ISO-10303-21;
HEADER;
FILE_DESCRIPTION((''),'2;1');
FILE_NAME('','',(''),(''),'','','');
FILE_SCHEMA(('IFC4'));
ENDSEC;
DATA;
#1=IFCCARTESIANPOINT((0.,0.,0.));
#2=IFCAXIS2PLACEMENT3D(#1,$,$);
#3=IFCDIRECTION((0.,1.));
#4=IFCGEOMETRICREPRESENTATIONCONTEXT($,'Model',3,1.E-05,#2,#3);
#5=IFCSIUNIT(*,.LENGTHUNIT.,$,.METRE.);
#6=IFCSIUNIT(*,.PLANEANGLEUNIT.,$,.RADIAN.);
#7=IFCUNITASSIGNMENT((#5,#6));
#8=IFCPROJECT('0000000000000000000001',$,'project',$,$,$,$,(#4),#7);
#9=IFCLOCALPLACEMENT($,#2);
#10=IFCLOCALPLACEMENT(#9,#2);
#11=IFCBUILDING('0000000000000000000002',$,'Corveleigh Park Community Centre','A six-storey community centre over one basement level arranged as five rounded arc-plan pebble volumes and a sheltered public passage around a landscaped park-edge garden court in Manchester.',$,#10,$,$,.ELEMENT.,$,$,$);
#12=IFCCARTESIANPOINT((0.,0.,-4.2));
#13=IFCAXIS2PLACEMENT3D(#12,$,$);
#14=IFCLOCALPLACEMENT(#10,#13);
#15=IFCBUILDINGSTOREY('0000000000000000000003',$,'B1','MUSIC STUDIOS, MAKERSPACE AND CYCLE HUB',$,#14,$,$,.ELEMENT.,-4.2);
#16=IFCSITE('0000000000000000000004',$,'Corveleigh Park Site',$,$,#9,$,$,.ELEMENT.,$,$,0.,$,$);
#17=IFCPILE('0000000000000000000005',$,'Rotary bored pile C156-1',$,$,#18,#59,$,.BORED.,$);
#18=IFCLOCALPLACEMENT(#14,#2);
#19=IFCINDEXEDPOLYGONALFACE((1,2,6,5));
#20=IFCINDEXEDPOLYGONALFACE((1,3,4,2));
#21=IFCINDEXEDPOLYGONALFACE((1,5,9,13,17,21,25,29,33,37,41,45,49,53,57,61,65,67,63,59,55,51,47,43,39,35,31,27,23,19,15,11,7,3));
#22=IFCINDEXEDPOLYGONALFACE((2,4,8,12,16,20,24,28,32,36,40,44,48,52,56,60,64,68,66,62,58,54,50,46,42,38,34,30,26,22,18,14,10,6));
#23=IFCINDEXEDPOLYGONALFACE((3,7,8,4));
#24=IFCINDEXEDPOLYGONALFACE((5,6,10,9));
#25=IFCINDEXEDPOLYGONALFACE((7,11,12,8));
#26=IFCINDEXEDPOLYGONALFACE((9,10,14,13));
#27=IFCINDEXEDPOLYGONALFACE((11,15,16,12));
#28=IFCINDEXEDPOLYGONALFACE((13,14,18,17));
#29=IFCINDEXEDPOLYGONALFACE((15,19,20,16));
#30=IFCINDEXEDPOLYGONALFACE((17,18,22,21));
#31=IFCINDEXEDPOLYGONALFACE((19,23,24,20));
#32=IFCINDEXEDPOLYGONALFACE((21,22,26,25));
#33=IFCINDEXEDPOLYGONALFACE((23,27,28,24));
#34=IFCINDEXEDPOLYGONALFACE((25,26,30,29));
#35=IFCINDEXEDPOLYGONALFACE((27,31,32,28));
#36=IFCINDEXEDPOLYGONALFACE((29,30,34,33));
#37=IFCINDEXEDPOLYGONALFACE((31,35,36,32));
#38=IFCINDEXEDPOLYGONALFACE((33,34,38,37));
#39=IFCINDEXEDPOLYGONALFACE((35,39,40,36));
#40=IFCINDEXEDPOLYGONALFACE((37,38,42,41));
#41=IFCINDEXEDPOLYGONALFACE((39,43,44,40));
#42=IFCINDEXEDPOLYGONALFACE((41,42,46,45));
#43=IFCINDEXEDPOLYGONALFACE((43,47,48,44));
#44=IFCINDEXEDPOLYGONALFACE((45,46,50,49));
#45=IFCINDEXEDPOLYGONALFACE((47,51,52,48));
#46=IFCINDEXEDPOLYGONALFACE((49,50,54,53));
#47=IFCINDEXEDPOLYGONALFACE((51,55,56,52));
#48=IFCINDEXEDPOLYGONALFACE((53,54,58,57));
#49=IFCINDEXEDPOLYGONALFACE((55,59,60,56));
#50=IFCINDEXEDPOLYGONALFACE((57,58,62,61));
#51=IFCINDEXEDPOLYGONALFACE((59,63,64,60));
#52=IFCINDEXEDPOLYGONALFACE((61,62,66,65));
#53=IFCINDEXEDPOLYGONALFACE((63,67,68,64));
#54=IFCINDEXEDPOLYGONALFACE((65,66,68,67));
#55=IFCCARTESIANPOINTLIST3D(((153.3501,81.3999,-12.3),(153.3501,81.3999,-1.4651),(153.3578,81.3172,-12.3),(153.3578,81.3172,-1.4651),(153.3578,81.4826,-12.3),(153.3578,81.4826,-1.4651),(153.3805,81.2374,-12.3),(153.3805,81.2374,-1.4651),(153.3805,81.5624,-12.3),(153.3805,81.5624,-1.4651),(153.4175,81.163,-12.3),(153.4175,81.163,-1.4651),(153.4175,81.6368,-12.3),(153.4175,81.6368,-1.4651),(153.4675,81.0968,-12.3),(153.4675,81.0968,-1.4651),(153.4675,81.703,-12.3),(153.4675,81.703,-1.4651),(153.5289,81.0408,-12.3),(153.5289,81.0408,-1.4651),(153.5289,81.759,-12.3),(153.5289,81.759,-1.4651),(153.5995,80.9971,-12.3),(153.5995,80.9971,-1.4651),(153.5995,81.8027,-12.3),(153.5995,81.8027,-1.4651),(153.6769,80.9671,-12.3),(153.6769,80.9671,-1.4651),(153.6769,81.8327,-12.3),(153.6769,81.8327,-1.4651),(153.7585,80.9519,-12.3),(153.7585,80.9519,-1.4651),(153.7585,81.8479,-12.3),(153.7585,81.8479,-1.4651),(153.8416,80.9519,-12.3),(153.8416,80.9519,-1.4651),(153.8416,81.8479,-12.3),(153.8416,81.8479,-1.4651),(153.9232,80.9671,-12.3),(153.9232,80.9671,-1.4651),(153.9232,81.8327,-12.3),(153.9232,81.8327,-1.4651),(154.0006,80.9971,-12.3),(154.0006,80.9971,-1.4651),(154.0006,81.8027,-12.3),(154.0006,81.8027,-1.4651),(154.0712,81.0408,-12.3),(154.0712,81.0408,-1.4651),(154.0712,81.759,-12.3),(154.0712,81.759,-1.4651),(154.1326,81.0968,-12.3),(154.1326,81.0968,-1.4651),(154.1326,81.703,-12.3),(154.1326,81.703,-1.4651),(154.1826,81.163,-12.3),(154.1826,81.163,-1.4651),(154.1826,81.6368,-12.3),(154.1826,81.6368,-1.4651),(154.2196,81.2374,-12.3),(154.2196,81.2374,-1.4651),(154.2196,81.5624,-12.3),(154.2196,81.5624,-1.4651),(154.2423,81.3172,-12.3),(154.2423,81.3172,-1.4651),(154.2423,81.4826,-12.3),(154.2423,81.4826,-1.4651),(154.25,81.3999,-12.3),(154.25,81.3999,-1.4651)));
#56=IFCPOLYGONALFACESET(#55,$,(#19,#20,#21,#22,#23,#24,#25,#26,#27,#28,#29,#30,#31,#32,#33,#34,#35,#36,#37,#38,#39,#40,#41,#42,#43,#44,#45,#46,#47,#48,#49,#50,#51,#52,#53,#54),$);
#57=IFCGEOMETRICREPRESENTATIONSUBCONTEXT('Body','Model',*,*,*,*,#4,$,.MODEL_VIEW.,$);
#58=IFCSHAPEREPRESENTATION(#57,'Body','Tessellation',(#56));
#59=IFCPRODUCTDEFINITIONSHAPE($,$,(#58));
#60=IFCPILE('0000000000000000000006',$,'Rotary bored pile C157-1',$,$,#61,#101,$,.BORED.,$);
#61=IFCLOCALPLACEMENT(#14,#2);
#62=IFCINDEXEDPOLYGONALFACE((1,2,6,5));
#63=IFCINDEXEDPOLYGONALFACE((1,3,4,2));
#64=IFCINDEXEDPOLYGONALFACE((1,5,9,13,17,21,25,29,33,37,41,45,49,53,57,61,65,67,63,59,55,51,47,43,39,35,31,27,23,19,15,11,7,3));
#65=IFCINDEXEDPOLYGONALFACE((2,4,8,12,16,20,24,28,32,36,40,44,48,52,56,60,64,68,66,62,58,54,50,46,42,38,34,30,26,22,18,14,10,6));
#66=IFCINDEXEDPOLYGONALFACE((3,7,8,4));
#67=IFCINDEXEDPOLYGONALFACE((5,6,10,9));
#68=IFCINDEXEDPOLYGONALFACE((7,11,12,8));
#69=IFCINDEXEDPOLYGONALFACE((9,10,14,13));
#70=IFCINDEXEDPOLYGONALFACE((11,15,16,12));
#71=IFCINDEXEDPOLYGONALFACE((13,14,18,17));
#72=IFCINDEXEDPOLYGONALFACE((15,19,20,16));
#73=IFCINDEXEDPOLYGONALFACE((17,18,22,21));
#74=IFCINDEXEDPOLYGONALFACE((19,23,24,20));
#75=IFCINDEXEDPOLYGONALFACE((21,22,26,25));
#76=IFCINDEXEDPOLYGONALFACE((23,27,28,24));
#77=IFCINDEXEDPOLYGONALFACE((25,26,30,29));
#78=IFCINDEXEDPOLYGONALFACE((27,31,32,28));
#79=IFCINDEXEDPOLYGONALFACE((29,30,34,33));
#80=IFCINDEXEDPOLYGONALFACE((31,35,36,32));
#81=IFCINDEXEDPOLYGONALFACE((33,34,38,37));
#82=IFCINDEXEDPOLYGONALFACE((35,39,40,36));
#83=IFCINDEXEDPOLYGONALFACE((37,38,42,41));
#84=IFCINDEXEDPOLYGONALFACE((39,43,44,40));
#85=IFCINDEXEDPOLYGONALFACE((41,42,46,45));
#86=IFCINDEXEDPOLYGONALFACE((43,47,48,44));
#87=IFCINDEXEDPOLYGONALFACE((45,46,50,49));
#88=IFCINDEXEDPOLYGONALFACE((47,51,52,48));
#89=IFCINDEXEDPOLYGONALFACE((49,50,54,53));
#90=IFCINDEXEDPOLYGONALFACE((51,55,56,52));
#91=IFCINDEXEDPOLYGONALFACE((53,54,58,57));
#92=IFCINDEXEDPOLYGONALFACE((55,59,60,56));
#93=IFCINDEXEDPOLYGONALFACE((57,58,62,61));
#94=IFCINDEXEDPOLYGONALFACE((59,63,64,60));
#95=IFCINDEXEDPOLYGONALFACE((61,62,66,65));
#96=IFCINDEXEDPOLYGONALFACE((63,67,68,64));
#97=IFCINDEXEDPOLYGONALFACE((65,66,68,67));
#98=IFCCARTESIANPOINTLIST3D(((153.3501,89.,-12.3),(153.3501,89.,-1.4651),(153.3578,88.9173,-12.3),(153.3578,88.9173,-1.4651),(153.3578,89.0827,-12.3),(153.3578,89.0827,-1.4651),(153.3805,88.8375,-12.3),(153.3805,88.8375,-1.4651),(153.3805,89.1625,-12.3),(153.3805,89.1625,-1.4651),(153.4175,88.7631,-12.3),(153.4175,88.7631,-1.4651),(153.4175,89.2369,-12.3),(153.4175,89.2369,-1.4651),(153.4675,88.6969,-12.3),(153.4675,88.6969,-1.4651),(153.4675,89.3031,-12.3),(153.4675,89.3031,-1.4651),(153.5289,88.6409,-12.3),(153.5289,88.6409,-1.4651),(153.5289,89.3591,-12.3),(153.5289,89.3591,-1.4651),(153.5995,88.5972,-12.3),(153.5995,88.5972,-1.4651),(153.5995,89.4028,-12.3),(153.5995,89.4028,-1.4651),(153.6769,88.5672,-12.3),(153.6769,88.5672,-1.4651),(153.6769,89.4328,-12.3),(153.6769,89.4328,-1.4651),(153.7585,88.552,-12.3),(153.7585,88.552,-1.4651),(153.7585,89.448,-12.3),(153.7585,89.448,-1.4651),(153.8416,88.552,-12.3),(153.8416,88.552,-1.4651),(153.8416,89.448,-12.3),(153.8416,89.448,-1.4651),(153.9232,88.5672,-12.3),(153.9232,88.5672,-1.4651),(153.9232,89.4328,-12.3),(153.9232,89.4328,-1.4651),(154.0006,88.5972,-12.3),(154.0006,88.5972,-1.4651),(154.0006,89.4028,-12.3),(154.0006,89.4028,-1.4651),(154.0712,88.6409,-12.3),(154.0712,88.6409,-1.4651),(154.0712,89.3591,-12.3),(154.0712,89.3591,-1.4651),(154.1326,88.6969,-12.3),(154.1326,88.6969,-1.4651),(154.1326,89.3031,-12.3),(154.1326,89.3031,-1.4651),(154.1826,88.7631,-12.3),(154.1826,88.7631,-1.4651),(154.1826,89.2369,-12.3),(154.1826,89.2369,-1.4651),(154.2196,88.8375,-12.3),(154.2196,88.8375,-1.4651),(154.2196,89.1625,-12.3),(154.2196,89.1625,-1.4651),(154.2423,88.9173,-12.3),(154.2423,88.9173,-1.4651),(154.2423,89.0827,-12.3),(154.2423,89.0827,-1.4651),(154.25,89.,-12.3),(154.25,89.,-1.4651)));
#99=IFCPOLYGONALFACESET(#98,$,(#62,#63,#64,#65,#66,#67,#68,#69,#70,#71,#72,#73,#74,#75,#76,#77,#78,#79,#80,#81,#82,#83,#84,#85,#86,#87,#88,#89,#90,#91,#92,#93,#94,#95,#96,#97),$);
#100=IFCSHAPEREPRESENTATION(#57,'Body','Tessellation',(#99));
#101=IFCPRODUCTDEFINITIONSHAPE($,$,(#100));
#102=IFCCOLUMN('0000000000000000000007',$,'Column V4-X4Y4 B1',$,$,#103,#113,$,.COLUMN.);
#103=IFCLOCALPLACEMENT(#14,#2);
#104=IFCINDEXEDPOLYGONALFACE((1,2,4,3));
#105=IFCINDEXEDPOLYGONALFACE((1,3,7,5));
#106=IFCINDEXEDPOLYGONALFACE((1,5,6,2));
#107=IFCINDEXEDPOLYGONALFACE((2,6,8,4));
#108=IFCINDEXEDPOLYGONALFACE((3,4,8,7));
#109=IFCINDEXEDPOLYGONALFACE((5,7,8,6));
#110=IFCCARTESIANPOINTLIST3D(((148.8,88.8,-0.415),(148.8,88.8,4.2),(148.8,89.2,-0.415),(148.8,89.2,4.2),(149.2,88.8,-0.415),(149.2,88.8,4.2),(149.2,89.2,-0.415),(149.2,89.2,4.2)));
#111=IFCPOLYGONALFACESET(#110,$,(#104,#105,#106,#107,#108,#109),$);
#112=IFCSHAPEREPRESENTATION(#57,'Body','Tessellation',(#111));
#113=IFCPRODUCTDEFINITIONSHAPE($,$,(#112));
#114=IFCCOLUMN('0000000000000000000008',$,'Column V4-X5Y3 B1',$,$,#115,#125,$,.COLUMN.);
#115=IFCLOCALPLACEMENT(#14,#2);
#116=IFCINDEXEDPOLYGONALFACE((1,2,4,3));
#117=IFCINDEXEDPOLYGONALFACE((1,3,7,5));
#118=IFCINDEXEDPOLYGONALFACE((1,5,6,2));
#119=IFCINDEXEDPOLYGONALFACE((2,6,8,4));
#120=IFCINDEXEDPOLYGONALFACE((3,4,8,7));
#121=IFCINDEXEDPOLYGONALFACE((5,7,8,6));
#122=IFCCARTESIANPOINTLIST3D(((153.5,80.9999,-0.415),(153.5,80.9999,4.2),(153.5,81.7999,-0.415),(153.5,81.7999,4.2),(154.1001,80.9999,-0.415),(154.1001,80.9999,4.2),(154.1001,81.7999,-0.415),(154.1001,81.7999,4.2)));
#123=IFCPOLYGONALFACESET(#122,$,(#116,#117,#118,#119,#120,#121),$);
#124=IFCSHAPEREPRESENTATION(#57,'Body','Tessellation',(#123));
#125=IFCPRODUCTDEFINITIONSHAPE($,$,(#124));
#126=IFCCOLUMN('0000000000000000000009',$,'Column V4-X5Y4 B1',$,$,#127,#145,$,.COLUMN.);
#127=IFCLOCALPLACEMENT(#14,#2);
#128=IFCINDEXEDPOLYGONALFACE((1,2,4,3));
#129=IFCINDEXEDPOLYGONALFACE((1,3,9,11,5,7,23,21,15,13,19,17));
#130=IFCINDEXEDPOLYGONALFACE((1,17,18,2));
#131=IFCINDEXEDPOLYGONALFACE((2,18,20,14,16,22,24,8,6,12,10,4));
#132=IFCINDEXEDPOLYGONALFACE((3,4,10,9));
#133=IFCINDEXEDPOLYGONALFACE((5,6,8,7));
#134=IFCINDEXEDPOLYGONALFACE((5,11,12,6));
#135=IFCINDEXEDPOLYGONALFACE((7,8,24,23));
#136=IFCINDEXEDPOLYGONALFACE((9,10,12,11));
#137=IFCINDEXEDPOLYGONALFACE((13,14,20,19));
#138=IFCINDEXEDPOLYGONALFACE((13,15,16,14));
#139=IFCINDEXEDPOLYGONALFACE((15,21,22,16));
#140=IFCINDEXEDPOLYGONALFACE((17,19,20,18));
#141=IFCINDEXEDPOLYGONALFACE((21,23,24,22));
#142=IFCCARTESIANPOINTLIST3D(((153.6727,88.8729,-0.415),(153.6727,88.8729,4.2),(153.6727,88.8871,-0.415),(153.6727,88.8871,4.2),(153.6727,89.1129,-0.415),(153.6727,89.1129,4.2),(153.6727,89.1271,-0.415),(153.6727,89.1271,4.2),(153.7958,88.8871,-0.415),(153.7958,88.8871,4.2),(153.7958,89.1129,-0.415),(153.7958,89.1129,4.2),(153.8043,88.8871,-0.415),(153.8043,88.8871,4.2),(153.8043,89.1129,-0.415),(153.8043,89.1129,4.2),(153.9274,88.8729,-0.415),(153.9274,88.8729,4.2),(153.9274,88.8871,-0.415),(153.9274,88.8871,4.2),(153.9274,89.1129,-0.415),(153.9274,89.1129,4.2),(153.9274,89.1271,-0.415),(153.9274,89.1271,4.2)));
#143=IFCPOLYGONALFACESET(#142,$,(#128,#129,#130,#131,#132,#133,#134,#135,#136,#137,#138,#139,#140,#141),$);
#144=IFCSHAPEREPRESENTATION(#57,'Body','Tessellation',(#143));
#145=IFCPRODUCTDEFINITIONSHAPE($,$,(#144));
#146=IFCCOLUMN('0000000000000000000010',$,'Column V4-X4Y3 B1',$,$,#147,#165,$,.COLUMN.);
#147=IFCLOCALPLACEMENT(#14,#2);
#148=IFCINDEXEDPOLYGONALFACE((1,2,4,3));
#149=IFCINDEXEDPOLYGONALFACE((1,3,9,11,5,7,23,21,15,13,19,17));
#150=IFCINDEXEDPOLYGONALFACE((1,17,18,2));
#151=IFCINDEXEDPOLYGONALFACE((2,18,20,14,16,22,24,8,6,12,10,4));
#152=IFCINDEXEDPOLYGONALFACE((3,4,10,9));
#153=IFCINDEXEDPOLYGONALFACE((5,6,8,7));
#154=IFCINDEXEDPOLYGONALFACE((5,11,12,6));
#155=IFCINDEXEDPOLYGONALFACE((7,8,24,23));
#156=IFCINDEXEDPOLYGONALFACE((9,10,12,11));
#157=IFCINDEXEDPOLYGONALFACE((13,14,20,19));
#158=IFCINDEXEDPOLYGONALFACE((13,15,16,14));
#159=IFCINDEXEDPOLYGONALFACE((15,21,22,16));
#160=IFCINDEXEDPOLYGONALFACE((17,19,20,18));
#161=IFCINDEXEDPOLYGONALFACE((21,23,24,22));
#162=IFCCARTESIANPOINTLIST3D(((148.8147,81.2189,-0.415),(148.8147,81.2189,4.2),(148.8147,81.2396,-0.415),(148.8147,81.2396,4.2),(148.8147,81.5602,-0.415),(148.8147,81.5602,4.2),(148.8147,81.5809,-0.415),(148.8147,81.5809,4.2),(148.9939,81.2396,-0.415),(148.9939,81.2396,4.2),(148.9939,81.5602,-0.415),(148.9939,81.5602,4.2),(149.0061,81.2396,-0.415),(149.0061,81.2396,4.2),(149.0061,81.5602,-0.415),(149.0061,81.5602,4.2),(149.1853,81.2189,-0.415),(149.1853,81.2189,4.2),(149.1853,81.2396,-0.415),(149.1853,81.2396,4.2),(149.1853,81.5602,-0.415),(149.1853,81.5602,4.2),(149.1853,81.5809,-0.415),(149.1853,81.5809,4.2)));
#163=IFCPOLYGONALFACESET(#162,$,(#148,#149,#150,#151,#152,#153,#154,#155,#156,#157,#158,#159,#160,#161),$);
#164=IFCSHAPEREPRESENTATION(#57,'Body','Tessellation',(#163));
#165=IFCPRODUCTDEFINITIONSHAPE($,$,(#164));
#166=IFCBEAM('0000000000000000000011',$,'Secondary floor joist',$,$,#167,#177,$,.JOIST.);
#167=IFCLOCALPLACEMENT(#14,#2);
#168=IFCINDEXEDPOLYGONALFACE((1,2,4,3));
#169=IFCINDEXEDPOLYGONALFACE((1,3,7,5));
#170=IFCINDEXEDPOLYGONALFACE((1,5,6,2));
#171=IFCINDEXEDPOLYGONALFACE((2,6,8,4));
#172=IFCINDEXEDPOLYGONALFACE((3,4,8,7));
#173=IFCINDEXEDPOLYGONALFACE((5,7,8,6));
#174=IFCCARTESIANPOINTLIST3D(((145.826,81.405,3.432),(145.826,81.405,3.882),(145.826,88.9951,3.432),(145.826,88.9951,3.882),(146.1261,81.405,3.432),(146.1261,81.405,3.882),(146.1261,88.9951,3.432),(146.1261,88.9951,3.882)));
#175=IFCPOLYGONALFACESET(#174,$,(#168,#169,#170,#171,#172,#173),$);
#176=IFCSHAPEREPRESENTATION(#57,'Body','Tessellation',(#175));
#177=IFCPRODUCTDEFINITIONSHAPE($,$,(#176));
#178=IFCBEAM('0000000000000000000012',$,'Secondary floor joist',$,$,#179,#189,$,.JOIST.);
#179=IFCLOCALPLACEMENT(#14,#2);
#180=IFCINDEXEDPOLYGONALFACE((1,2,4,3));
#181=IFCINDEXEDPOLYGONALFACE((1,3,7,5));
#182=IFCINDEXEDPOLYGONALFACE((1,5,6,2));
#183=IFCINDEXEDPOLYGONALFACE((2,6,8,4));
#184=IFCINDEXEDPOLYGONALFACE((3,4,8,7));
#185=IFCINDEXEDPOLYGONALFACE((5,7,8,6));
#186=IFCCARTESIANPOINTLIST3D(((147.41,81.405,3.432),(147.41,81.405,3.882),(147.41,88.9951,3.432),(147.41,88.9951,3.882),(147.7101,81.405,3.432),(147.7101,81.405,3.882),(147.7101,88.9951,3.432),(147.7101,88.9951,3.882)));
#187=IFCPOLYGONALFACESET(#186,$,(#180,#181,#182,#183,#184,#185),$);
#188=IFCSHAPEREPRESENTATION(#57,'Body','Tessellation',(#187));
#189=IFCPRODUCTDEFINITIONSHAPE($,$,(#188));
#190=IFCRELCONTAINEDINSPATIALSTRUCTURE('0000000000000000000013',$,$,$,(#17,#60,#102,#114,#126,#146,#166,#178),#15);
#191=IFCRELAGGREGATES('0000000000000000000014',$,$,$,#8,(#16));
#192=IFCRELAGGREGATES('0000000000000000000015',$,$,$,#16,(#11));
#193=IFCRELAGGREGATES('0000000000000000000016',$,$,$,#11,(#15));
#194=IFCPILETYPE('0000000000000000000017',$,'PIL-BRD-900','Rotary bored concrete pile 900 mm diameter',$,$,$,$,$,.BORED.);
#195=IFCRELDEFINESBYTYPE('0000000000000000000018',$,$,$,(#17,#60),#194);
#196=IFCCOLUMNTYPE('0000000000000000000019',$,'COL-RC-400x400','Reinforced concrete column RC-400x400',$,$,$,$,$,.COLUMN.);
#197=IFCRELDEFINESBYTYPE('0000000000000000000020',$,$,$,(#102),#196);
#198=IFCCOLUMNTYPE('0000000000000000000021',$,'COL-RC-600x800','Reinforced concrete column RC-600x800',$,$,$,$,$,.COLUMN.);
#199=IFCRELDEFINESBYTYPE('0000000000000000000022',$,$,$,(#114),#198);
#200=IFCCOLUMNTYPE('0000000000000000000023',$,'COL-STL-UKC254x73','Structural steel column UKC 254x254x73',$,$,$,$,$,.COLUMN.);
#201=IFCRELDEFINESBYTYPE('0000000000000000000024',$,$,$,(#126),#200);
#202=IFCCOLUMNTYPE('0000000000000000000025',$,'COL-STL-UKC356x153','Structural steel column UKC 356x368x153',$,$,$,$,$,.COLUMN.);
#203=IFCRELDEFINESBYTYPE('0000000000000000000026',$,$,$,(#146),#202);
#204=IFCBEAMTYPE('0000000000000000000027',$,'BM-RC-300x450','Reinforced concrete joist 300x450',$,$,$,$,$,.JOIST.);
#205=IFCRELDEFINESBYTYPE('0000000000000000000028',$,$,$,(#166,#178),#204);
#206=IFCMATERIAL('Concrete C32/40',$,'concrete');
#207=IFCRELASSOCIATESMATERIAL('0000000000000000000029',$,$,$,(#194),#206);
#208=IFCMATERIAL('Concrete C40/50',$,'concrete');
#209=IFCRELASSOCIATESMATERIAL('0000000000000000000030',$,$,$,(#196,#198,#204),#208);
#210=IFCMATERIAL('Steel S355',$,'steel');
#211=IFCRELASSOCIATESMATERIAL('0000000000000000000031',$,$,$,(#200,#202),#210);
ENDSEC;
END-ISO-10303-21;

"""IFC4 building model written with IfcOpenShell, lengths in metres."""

from ifc_helpers import new_model, si_unit, direction, frame, origin, origin_2d, place, context, subcontext, project, spatial, rectangle, circle, i_section, extrude, material, material_profile, profile_set, type_object, element, save


model = new_model("IFC4")

# Units and contexts
model_context = context("Model", 3, precision=1e-05, world=origin(), true_north=direction((0.0, 1.0)))
body_context = subcontext(model_context, "Body", "Model", "MODEL_VIEW")
ifc_project = project(units=[si_unit("LENGTHUNIT", "METRE"), si_unit("PLANEANGLEUNIT", "RADIAN")], contexts=[model_context])

# Site, building, storey
site_placement = place(None, origin())
site = spatial("IfcSite", under=ifc_project, at=site_placement, Name="Corveleigh Park Site", CompositionType="ELEMENT", RefElevation=0.0)
building_placement = place(site_placement, origin())
building = spatial("IfcBuilding", under=site, at=building_placement, Name="Corveleigh Park Community Centre", Description="A six-storey community centre over one basement level arranged as five rounded arc-plan pebble volumes and a sheltered public passage around a landscaped park-edge garden court in Manchester.", CompositionType="ELEMENT")
storey_placement = place(building_placement, frame((0.0, 0.0, -4.2)))
storey = spatial("IfcBuildingStorey", under=building, at=storey_placement, Name="B1", Description="MUSIC STUDIOS, MAKERSPACE AND CYCLE HUB", CompositionType="ELEMENT", Elevation=-4.2)

# Shared definitions
ifc_material_1 = material(Name="Concrete C40/50", Category="concrete")

# Piles
ifc_material_2 = material(Name="Concrete C32/40", Category="concrete")
ifc_material_profile_1 = material_profile(ifc_material_2, circle(Radius=0.45, at=origin_2d()), Name="BORED-PILE-900", Category="concrete")
ifc_profile_set_1 = profile_set([ifc_material_profile_1], Name="Concrete C32/40")
pile_type = type_object("IfcPileType", Name="PIL-BRD-900", Description="Rotary bored concrete pile 900 mm diameter", PredefinedType="BORED", material=ifc_profile_set_1)
for number, where, z_axis, x_axis, name in (
    (1, (153.8, 81.3999, -1.4651), (0.0, 0.0, -1.0), (1.0, 0.0, 0.0), "Rotary bored pile C156-1"),
    (2, (153.8, 89.0, -1.4651), (0.0, 0.0, -1.0), (1.0, 0.0, 0.0), "Rotary bored pile C157-1"),
):
    element("IfcPile", number, at=place(storey_placement, frame(where, z_axis=z_axis, x_axis=x_axis)), inside=storey, type_object=pile_type, Name=name, PredefinedType="BORED", context=body_context, shape_type="SweptSolid", body=[
        extrude(circle(Radius=0.45, at=origin_2d()), origin(), (0.0, 0.0, 1.0), 10.835),
    ])

# Columns
ifc_material_profile_2 = material_profile(ifc_material_1, rectangle(XDim=0.3999, YDim=0.3999, at=origin_2d()), Name="RC-400x400", Category="concrete")
ifc_profile_set_2 = profile_set([ifc_material_profile_2], Name="Concrete C40/50")
column_type_1 = type_object("IfcColumnType", Name="COL-RC-400x400", Description="Reinforced concrete column RC-400x400", PredefinedType="COLUMN", material=ifc_profile_set_2)
column_1_placement = place(storey_placement, frame((149.0, 89.0, -0.415), z_axis=(0.0, 0.0, 1.0), x_axis=(1.0, 0.0, 0.0)))
element("IfcColumn", 3, at=column_1_placement, inside=storey, type_object=column_type_1, Name="Column V4-X4Y4 B1", PredefinedType="COLUMN", context=body_context, shape_type="SweptSolid", body=[
    extrude(rectangle(XDim=0.3999, YDim=0.3999, at=origin_2d()), origin(), (0.0, 0.0, 1.0), 4.615),
])
ifc_material_profile_3 = material_profile(ifc_material_1, rectangle(XDim=0.6001, YDim=0.8, at=origin_2d()), Name="RC-600x800", Category="concrete")
ifc_profile_set_3 = profile_set([ifc_material_profile_3], Name="Concrete C40/50")
column_type_2 = type_object("IfcColumnType", Name="COL-RC-600x800", Description="Reinforced concrete column RC-600x800", PredefinedType="COLUMN", material=ifc_profile_set_3)
column_2_placement = place(storey_placement, frame((153.8, 81.3999, -0.415), z_axis=(0.0, 0.0, 1.0), x_axis=(1.0, 0.0, 0.0)))
element("IfcColumn", 4, at=column_2_placement, inside=storey, type_object=column_type_2, Name="Column V4-X5Y3 B1", PredefinedType="COLUMN", context=body_context, shape_type="SweptSolid", body=[
    extrude(rectangle(XDim=0.6001, YDim=0.8, at=origin_2d()), origin(), (0.0, 0.0, 1.0), 4.615),
])
ifc_material_3 = material(Name="Steel S355", Category="steel")
ifc_material_profile_4 = material_profile(ifc_material_3, i_section(OverallWidth=0.2546, OverallDepth=0.2542, WebThickness=0.0085, FlangeThickness=0.0142, at=origin_2d()), Name="UKC 254x254x73", Category="steel")
ifc_profile_set_4 = profile_set([ifc_material_profile_4], Name="Steel S355")
column_type_3 = type_object("IfcColumnType", Name="COL-STL-UKC254x73", Description="Structural steel column UKC 254x254x73", PredefinedType="COLUMN", material=ifc_profile_set_4)
column_3_placement = place(storey_placement, frame((153.8, 89.0, -0.415), z_axis=(0.0, 0.0, 1.0), x_axis=(1.0, 0.0, 0.0)))
element("IfcColumn", 5, at=column_3_placement, inside=storey, type_object=column_type_3, Name="Column V4-X5Y4 B1", PredefinedType="COLUMN", context=body_context, shape_type="SweptSolid", body=[
    extrude(i_section(OverallWidth=0.2546, OverallDepth=0.2542, WebThickness=0.0085, FlangeThickness=0.0142, at=origin_2d()), origin(), (0.0, 0.0, 1.0), 4.615),
])
ifc_material_profile_5 = material_profile(ifc_material_3, i_section(OverallWidth=0.3706, OverallDepth=0.3621, WebThickness=0.0122, FlangeThickness=0.0208, at=origin_2d()), Name="UKC 356x368x153", Category="steel")
ifc_profile_set_5 = profile_set([ifc_material_profile_5], Name="Steel S355")
column_type_4 = type_object("IfcColumnType", Name="COL-STL-UKC356x153", Description="Structural steel column UKC 356x368x153", PredefinedType="COLUMN", material=ifc_profile_set_5)
column_4_placement = place(storey_placement, frame((149.0, 81.3999, -0.415), z_axis=(0.0, 0.0, 1.0), x_axis=(1.0, 0.0, 0.0)))
element("IfcColumn", 6, at=column_4_placement, inside=storey, type_object=column_type_4, Name="Column V4-X4Y3 B1", PredefinedType="COLUMN", context=body_context, shape_type="SweptSolid", body=[
    extrude(i_section(OverallWidth=0.3706, OverallDepth=0.3621, WebThickness=0.0122, FlangeThickness=0.0208, at=origin_2d()), origin(), (0.0, 0.0, 1.0), 4.615),
])

# Beams
ifc_material_profile_6 = material_profile(ifc_material_1, rectangle(XDim=0.3, YDim=0.45, at=origin_2d()), Name="RC-300x450", Category="concrete")
ifc_profile_set_6 = profile_set([ifc_material_profile_6], Name="Concrete C40/50")
beam_type_1 = type_object("IfcBeamType", Name="BM-RC-300x450", Description="Reinforced concrete joist 300x450", PredefinedType="JOIST", material=ifc_profile_set_6)
for number, where, z_axis, x_axis, name in (
    (7, (145.9761, 81.405, 3.657), (0.0, 1.0, 0.0), (-1.0, 0.0, 0.0), "Secondary floor joist"),
    (8, (147.5601, 81.405, 3.657), (0.0, 1.0, 0.0), (-1.0, 0.0, 0.0), "Secondary floor joist"),
):
    element("IfcBeam", number, at=place(storey_placement, frame(where, z_axis=z_axis, x_axis=x_axis)), inside=storey, type_object=beam_type_1, Name=name, PredefinedType="JOIST", context=body_context, shape_type="SweptSolid", body=[
        extrude(rectangle(XDim=0.3, YDim=0.45, at=origin_2d()), origin(), (0.0, 0.0, 1.0), 7.5901),
    ])

save(model, "model.ifc")
